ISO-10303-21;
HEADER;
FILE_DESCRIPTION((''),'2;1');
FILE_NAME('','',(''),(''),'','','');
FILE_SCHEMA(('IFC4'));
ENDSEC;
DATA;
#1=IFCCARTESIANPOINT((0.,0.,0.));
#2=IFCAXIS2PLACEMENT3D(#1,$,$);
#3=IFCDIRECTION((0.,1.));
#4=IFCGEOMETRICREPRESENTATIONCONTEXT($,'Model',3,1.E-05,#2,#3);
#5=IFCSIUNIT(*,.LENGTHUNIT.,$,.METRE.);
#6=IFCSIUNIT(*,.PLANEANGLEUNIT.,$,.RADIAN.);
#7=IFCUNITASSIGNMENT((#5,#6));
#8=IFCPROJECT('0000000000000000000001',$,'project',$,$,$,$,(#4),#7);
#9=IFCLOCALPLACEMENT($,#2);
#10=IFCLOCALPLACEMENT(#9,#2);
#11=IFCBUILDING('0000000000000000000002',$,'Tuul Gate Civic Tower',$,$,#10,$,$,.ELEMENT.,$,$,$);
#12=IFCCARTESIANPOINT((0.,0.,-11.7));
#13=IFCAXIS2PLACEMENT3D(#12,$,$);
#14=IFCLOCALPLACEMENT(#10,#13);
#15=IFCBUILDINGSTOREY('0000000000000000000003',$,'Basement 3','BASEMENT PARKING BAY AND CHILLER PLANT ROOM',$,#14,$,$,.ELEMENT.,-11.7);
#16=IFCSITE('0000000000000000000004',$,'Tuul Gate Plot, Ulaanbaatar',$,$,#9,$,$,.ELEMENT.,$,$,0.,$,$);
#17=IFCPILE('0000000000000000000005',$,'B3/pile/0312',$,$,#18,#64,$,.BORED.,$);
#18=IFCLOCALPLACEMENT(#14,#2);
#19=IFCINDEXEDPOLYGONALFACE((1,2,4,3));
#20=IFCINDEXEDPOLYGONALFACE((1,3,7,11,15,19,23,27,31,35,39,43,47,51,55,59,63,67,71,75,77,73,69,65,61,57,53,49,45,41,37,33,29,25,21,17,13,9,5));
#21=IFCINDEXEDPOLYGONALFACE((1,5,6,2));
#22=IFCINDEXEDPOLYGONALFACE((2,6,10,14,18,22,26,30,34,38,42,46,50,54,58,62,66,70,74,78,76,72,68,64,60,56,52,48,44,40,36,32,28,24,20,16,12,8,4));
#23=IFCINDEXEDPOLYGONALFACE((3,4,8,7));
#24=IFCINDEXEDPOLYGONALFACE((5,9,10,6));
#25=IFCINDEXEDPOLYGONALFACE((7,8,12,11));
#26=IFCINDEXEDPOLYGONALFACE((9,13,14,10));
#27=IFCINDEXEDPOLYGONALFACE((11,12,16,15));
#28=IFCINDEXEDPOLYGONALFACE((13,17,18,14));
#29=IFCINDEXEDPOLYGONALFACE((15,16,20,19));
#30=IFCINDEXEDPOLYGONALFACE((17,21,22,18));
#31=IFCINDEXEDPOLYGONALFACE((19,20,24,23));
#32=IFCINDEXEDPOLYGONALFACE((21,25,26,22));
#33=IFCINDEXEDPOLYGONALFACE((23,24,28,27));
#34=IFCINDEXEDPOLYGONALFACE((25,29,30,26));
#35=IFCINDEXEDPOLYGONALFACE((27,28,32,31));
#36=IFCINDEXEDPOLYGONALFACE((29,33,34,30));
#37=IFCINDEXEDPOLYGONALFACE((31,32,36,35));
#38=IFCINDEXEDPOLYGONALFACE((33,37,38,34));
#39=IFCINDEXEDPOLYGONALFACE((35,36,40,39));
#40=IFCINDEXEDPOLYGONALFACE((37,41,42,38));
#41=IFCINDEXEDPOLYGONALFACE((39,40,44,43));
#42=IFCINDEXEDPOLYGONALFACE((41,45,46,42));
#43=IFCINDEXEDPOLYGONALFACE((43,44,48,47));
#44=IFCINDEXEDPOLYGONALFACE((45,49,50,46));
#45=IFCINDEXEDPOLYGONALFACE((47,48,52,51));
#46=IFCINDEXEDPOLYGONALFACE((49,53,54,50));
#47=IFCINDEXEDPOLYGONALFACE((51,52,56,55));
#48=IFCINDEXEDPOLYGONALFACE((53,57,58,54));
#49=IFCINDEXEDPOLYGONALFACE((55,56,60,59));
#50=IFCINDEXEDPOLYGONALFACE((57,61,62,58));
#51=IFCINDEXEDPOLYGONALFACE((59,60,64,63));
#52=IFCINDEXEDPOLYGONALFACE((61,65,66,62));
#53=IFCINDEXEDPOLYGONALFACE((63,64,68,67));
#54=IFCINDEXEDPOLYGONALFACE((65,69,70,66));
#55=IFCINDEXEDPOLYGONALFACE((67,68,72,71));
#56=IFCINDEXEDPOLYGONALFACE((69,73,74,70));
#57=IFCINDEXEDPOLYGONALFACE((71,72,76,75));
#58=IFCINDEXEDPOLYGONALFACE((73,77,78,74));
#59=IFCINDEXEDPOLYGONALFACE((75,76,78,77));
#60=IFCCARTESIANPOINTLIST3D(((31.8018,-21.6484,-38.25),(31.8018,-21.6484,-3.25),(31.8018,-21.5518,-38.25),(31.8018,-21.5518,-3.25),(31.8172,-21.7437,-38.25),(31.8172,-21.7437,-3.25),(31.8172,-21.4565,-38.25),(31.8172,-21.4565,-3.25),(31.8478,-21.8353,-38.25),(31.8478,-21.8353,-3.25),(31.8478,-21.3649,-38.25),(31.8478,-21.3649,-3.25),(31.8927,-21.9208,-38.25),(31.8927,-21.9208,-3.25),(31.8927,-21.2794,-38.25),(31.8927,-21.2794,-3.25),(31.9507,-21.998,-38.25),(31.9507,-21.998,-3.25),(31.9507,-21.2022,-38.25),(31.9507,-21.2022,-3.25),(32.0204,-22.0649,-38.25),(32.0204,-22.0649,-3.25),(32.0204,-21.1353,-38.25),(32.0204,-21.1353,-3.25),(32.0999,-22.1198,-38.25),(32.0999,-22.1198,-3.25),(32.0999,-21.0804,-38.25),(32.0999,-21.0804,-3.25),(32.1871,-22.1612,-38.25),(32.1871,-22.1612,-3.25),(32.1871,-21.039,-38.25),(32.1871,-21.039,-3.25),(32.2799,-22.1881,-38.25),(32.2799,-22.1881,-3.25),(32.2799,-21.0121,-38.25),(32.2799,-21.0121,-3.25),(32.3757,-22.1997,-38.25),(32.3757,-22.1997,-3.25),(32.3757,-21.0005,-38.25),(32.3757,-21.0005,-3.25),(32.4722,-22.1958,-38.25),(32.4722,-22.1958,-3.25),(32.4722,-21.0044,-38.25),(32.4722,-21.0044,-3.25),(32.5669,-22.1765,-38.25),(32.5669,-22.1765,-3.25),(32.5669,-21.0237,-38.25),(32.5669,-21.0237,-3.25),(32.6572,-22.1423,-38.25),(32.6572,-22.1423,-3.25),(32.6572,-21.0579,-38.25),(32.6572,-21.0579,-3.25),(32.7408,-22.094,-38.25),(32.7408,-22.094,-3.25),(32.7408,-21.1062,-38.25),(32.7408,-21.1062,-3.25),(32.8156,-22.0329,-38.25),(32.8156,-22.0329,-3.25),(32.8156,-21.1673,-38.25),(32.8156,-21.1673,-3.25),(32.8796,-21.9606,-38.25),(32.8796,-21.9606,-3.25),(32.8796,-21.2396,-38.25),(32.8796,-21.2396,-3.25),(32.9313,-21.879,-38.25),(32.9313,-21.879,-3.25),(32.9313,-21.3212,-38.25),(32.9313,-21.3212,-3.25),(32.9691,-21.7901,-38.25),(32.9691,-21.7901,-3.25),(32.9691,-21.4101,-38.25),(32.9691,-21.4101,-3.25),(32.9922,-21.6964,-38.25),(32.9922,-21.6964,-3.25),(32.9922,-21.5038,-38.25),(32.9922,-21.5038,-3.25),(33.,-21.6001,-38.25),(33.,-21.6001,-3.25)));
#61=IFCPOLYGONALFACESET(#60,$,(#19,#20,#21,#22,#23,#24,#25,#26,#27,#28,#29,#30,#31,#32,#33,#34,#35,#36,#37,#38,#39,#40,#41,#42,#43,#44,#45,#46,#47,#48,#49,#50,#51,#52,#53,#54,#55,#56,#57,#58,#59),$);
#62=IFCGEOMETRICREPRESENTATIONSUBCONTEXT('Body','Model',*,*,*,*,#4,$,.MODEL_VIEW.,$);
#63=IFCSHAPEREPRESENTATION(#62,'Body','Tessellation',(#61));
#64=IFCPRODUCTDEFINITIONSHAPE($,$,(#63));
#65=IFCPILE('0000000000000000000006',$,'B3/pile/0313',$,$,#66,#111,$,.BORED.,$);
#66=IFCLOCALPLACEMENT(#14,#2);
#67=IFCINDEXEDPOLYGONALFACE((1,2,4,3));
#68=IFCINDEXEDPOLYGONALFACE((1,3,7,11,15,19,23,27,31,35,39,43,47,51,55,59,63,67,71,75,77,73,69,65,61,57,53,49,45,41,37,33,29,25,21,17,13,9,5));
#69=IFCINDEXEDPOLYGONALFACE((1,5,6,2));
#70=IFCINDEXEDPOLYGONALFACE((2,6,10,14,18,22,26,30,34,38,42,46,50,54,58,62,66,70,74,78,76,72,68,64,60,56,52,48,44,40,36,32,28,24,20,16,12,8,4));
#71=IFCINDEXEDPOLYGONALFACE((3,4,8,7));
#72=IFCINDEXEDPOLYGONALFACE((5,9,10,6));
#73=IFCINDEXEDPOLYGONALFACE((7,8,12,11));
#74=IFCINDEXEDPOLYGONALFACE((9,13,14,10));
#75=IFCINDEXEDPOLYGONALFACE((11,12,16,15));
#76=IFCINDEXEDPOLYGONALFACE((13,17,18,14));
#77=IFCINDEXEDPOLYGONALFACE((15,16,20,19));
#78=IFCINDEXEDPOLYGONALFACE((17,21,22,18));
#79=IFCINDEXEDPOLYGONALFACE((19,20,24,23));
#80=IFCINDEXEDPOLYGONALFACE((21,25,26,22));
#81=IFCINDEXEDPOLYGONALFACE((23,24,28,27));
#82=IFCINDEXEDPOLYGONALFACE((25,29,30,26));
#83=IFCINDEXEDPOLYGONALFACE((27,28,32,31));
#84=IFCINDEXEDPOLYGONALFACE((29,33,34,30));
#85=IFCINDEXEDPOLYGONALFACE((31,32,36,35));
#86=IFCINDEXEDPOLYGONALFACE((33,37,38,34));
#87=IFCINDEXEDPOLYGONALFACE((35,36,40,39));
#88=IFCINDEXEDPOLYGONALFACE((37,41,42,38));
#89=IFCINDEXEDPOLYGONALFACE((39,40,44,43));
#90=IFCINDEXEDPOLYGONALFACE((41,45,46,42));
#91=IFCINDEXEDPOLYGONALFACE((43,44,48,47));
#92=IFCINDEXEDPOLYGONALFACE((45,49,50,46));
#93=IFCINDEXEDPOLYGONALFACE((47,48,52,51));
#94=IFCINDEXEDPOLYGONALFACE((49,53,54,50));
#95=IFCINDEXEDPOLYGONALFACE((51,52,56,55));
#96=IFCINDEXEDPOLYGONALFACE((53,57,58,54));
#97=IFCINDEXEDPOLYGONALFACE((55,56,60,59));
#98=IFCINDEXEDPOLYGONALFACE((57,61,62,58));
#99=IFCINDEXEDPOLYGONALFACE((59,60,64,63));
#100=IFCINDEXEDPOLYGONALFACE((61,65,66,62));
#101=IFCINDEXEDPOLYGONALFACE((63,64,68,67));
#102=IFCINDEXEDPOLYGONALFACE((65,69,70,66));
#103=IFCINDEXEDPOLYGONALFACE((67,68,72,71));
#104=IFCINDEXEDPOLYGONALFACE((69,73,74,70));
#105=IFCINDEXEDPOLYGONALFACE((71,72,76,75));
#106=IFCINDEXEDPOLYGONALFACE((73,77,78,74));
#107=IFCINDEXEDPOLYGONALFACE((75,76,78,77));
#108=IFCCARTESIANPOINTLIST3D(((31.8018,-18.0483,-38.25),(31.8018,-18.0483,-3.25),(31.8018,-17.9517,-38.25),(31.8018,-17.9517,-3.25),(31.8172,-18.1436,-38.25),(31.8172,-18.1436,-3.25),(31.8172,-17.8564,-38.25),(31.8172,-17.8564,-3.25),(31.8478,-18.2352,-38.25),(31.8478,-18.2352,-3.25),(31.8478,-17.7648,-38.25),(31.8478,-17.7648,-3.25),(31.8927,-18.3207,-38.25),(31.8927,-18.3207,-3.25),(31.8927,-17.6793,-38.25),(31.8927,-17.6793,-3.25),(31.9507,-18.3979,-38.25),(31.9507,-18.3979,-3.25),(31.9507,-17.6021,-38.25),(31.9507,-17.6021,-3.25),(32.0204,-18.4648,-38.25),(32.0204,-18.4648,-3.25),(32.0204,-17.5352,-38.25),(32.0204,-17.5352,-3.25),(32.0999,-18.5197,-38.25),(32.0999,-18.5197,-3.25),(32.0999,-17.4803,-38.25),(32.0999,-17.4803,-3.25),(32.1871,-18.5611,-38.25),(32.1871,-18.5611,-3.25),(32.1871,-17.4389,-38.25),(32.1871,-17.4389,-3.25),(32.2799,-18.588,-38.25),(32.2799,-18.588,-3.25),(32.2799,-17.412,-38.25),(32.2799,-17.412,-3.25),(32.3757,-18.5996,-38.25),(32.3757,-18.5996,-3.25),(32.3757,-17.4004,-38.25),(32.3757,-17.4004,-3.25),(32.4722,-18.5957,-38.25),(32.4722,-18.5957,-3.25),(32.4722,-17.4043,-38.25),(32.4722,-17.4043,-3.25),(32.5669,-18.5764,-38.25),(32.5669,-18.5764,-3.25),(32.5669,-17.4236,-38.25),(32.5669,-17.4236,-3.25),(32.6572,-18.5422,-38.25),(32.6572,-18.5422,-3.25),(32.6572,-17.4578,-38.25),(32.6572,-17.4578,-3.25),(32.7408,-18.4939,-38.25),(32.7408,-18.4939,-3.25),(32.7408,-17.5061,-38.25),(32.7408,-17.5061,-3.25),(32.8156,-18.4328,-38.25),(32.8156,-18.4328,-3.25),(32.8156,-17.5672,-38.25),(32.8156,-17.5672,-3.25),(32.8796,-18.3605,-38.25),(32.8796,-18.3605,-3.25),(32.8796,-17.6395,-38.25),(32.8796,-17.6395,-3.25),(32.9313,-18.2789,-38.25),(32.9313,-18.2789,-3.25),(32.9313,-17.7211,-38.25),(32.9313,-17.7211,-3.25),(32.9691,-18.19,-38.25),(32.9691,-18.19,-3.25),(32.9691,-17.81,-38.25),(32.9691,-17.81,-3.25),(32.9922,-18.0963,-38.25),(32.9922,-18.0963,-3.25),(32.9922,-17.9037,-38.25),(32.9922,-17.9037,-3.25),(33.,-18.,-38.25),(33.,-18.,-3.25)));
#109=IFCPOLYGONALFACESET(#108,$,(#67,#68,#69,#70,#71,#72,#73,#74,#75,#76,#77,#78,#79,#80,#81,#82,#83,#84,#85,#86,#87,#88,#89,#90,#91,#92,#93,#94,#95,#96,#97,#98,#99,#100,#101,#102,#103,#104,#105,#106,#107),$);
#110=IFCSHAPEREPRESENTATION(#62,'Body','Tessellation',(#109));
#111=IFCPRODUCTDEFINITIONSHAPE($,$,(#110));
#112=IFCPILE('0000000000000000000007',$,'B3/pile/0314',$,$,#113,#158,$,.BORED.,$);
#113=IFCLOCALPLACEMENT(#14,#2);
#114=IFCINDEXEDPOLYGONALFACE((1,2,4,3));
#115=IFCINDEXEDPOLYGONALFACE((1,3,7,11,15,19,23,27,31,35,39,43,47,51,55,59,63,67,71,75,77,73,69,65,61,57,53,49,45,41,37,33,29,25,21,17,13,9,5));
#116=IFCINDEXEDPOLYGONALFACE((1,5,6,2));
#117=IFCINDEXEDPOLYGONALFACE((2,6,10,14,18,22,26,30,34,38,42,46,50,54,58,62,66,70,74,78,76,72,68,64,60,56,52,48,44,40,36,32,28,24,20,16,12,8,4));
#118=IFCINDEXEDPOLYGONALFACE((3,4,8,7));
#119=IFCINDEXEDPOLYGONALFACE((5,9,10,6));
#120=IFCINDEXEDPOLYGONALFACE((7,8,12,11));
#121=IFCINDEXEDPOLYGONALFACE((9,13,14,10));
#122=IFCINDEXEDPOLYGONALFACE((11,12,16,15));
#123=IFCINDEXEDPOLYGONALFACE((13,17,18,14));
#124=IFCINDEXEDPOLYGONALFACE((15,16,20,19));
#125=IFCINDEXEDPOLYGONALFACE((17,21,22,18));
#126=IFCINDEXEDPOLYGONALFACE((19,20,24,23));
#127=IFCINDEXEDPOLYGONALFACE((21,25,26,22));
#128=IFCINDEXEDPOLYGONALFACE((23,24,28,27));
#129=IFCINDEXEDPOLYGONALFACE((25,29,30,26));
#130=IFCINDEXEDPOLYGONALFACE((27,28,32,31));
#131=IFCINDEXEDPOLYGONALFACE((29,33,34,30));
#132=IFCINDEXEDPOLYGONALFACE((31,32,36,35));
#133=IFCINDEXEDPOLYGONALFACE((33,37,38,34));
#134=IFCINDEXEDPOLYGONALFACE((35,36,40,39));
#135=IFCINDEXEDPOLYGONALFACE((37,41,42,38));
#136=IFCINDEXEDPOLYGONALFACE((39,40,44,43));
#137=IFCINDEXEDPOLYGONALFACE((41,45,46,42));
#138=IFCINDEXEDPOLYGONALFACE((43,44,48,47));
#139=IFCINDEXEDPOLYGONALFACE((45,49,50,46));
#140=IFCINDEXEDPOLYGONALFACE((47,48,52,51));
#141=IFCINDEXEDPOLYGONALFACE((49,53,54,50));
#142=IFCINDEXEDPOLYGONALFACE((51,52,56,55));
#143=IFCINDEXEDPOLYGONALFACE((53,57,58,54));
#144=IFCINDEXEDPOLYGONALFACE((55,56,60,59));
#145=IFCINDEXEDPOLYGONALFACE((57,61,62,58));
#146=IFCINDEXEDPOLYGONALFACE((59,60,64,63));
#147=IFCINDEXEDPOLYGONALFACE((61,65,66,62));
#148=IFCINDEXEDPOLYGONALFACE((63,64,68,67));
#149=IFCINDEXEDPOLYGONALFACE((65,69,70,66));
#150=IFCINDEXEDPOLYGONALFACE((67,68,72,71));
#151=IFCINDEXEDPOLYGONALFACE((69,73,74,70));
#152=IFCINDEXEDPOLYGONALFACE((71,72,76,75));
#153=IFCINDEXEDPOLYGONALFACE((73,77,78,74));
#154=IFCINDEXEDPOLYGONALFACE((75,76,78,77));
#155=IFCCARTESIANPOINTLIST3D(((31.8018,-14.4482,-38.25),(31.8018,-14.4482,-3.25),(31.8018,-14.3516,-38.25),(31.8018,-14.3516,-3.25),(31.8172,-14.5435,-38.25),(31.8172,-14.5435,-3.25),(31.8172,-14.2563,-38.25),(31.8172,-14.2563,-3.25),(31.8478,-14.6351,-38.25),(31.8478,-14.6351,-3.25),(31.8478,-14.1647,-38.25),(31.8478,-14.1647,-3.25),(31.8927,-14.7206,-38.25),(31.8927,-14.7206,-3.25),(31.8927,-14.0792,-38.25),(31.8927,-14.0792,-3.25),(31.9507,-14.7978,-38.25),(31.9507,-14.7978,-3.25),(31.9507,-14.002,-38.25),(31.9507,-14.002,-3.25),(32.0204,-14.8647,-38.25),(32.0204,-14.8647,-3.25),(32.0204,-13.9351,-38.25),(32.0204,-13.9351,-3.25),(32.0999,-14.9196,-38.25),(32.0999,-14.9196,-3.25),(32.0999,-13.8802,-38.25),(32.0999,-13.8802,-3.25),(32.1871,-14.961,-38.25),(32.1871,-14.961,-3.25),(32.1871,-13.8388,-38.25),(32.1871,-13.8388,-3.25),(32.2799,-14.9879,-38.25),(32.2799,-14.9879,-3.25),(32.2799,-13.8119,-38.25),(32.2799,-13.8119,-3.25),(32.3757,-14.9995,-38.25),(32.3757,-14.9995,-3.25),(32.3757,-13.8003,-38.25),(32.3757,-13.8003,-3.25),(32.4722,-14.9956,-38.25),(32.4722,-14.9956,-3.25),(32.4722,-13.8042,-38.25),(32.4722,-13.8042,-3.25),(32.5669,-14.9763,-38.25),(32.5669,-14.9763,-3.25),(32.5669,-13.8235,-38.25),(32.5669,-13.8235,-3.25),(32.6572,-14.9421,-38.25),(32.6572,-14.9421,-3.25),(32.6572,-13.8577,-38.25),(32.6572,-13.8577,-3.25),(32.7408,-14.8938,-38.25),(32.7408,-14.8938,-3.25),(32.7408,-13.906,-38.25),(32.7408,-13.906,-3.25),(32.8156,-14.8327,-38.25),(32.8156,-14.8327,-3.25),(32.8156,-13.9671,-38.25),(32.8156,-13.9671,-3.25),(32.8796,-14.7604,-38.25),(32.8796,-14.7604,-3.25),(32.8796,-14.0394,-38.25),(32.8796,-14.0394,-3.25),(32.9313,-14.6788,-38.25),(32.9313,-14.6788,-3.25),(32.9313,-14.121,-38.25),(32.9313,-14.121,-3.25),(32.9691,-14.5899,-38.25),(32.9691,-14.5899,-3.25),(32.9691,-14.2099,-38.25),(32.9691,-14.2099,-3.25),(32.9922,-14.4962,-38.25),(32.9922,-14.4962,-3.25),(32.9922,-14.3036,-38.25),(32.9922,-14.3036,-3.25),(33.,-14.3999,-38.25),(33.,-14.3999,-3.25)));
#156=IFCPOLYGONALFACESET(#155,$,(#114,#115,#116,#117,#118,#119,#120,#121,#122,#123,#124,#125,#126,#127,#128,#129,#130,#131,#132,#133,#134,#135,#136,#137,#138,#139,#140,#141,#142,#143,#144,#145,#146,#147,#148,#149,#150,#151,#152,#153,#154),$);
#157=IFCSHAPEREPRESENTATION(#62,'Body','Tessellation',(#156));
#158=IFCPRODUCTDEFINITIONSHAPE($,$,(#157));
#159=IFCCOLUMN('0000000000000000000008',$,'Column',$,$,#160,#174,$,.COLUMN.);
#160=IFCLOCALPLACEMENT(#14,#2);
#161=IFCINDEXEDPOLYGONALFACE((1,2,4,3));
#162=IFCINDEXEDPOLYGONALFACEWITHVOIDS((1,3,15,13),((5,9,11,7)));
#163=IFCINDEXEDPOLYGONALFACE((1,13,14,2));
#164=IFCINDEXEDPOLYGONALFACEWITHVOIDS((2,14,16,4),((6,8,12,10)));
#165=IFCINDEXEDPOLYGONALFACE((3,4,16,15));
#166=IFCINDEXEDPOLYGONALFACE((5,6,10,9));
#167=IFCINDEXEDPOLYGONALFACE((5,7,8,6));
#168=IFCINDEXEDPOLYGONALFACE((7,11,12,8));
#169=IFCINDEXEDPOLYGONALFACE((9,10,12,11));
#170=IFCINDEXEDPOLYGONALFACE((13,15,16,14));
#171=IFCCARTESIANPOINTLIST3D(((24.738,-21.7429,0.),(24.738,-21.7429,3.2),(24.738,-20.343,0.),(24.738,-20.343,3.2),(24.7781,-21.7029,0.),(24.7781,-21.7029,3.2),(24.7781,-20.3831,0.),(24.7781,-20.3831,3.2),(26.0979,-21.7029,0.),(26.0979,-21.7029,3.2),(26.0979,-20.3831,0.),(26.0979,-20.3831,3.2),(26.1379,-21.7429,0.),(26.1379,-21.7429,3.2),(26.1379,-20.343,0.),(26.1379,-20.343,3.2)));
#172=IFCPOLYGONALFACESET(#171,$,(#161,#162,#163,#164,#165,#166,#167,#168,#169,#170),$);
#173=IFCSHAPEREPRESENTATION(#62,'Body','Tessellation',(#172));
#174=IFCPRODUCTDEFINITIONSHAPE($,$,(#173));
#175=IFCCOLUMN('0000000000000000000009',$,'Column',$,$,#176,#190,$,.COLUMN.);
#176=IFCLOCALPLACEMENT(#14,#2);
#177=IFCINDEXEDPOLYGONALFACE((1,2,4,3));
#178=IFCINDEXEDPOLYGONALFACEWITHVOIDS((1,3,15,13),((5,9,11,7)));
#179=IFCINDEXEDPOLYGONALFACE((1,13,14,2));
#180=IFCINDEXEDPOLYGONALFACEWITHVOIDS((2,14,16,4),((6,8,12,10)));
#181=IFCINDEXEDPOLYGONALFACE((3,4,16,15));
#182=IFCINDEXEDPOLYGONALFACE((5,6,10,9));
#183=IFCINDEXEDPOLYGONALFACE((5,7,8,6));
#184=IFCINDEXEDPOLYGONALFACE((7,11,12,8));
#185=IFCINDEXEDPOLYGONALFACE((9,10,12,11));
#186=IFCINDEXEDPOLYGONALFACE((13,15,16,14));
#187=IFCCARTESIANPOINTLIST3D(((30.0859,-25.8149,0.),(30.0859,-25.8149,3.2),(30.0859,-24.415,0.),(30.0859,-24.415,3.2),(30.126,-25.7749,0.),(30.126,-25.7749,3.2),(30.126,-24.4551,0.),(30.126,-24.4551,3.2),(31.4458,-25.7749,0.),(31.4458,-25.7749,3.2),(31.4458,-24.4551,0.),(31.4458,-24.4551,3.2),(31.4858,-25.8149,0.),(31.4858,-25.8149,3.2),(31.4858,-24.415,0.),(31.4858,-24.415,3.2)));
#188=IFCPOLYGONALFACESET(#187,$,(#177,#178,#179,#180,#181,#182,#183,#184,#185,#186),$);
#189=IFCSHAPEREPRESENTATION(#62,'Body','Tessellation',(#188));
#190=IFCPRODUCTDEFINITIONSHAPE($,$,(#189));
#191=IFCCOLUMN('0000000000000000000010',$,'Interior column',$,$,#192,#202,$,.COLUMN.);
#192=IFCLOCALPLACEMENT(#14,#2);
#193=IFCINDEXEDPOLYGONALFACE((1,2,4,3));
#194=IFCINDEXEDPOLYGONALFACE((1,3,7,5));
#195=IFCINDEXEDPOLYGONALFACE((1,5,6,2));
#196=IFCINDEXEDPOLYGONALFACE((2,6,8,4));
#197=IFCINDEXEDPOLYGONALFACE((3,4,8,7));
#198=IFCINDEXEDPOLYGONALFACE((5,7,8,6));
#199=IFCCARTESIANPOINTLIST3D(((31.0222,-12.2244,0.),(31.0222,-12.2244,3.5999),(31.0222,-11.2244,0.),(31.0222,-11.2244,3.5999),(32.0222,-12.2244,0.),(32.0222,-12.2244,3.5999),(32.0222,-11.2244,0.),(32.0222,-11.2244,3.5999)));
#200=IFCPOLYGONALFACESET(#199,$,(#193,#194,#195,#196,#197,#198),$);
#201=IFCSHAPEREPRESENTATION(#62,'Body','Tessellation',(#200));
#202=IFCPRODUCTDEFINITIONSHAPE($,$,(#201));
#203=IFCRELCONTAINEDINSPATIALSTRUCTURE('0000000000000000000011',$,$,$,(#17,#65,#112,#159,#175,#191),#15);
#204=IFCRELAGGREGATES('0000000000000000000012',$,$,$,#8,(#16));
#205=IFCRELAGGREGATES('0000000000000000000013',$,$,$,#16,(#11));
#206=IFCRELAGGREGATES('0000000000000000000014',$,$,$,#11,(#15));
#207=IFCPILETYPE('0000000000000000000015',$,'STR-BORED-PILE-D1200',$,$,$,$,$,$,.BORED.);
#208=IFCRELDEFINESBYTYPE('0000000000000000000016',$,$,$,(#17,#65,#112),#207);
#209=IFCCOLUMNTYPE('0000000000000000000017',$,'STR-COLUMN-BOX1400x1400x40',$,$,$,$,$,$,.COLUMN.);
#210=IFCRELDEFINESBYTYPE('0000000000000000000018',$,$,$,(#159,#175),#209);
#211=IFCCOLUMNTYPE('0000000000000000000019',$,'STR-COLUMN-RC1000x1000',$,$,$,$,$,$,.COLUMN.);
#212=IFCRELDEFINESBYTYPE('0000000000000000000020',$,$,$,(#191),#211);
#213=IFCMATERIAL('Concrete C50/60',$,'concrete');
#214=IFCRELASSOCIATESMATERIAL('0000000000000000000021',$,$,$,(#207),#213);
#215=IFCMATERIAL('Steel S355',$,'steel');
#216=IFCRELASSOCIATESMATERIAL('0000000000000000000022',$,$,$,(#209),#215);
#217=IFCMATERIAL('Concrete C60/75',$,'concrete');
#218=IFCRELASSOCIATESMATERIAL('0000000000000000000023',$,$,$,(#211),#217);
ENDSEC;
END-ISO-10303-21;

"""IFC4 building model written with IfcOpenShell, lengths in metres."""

from ifc_helpers import new_model, si_unit, direction, frame, origin, origin_2d, place, context, subcontext, project, spatial, rectangle, hollow_rectangle, circle, extrude, material, material_profile, profile_set, type_object, element, save


model = new_model("IFC4")

# Units and contexts
model_context = context("Model", 3, precision=1e-05, world=origin(), true_north=direction((0.0, 1.0)))
body_context = subcontext(model_context, "Body", "Model", "MODEL_VIEW")
ifc_project = project(units=[si_unit("LENGTHUNIT", "METRE"), si_unit("PLANEANGLEUNIT", "RADIAN")], contexts=[model_context])

# Site, building, storey
site_placement = place(None, origin())
site = spatial("IfcSite", under=ifc_project, at=site_placement, Name="Tuul Gate Plot, Ulaanbaatar", CompositionType="ELEMENT", RefElevation=0.0)
building_placement = place(site_placement, origin())
building = spatial("IfcBuilding", under=site, at=building_placement, Name="Tuul Gate Civic Tower", CompositionType="ELEMENT")
storey_placement = place(building_placement, frame((0.0, 0.0, -11.7)))
storey = spatial("IfcBuildingStorey", under=building, at=storey_placement, Name="Basement 3", Description="BASEMENT PARKING BAY AND CHILLER PLANT ROOM", CompositionType="ELEMENT", Elevation=-11.7)

# Piles
ifc_material_1 = material(Name="Concrete C50/60", Category="concrete")
ifc_material_profile_1 = material_profile(ifc_material_1, circle(Radius=0.6001, at=origin_2d()), Name="PILE1200")
ifc_profile_set_1 = profile_set([ifc_material_profile_1], Name="Concrete C50/60")
pile_type = type_object("IfcPileType", Name="STR-BORED-PILE-D1200", PredefinedType="BORED", material=ifc_profile_set_1)
for number, where, z_axis, x_axis, name in (
    (1, (32.3999, -21.6001, -3.25), (0.0, 0.0, -1.0), (1.0, 0.0, 0.0), "B3/pile/0312"),
    (2, (32.3999, -18.0, -3.25), (0.0, 0.0, -1.0), (1.0, 0.0, 0.0), "B3/pile/0313"),
    (3, (32.3999, -14.3999, -3.25), (0.0, 0.0, -1.0), (1.0, 0.0, 0.0), "B3/pile/0314"),
):
    element("IfcPile", number, at=place(storey_placement, frame(where, z_axis=z_axis, x_axis=x_axis)), inside=storey, type_object=pile_type, Name=name, PredefinedType="BORED", context=body_context, shape_type="SweptSolid", body=[
        extrude(circle(Radius=0.6001, at=origin_2d()), origin(), (0.0, 0.0, 1.0), 35.0),
    ])

# Columns
ifc_material_2 = material(Name="Steel S355", Category="steel")
ifc_material_profile_2 = material_profile(ifc_material_2, hollow_rectangle(XDim=1.3999, YDim=1.3999, WallThickness=0.04, at=origin_2d()), Name="BOX1400x1400x40")
ifc_profile_set_2 = profile_set([ifc_material_profile_2], Name="Steel S355")
column_type_1 = type_object("IfcColumnType", Name="STR-COLUMN-BOX1400x1400x40", PredefinedType="COLUMN", material=ifc_profile_set_2)
for number, where, z_axis, x_axis, name in (
    (4, (25.438, -21.043, 0.0), (0.0, 0.0, 1.0), (1.0, 0.0, 0.0), "Column"),
    (5, (30.7859, -25.115, 0.0), (0.0, 0.0, 1.0), (1.0, 0.0, 0.0), "Column"),
):
    element("IfcColumn", number, at=place(storey_placement, frame(where, z_axis=z_axis, x_axis=x_axis)), inside=storey, type_object=column_type_1, Name=name, PredefinedType="COLUMN", context=body_context, shape_type="SweptSolid", body=[
        extrude(hollow_rectangle(XDim=1.3999, YDim=1.3999, WallThickness=0.04, at=origin_2d()), origin(), (0.0, 0.0, 1.0), 3.2),
    ])
ifc_material_3 = material(Name="Concrete C60/75", Category="concrete")
ifc_material_profile_3 = material_profile(ifc_material_3, rectangle(XDim=1.0, YDim=1.0, at=origin_2d()), Name="RC1000x1000")
ifc_profile_set_3 = profile_set([ifc_material_profile_3], Name="Concrete C60/75")
column_type_2 = type_object("IfcColumnType", Name="STR-COLUMN-RC1000x1000", PredefinedType="COLUMN", material=ifc_profile_set_3)
column_placement = place(storey_placement, frame((31.5222, -11.7244, 0.0), z_axis=(0.0, 0.0, 1.0), x_axis=(1.0, 0.0, 0.0)))
element("IfcColumn", 6, at=column_placement, inside=storey, type_object=column_type_2, Name="Interior column", PredefinedType="COLUMN", context=body_context, shape_type="SweptSolid", body=[
    extrude(rectangle(XDim=1.0, YDim=1.0, at=origin_2d()), origin(), (0.0, 0.0, 1.0), 3.5999),
])

save(model, "model.ifc")
